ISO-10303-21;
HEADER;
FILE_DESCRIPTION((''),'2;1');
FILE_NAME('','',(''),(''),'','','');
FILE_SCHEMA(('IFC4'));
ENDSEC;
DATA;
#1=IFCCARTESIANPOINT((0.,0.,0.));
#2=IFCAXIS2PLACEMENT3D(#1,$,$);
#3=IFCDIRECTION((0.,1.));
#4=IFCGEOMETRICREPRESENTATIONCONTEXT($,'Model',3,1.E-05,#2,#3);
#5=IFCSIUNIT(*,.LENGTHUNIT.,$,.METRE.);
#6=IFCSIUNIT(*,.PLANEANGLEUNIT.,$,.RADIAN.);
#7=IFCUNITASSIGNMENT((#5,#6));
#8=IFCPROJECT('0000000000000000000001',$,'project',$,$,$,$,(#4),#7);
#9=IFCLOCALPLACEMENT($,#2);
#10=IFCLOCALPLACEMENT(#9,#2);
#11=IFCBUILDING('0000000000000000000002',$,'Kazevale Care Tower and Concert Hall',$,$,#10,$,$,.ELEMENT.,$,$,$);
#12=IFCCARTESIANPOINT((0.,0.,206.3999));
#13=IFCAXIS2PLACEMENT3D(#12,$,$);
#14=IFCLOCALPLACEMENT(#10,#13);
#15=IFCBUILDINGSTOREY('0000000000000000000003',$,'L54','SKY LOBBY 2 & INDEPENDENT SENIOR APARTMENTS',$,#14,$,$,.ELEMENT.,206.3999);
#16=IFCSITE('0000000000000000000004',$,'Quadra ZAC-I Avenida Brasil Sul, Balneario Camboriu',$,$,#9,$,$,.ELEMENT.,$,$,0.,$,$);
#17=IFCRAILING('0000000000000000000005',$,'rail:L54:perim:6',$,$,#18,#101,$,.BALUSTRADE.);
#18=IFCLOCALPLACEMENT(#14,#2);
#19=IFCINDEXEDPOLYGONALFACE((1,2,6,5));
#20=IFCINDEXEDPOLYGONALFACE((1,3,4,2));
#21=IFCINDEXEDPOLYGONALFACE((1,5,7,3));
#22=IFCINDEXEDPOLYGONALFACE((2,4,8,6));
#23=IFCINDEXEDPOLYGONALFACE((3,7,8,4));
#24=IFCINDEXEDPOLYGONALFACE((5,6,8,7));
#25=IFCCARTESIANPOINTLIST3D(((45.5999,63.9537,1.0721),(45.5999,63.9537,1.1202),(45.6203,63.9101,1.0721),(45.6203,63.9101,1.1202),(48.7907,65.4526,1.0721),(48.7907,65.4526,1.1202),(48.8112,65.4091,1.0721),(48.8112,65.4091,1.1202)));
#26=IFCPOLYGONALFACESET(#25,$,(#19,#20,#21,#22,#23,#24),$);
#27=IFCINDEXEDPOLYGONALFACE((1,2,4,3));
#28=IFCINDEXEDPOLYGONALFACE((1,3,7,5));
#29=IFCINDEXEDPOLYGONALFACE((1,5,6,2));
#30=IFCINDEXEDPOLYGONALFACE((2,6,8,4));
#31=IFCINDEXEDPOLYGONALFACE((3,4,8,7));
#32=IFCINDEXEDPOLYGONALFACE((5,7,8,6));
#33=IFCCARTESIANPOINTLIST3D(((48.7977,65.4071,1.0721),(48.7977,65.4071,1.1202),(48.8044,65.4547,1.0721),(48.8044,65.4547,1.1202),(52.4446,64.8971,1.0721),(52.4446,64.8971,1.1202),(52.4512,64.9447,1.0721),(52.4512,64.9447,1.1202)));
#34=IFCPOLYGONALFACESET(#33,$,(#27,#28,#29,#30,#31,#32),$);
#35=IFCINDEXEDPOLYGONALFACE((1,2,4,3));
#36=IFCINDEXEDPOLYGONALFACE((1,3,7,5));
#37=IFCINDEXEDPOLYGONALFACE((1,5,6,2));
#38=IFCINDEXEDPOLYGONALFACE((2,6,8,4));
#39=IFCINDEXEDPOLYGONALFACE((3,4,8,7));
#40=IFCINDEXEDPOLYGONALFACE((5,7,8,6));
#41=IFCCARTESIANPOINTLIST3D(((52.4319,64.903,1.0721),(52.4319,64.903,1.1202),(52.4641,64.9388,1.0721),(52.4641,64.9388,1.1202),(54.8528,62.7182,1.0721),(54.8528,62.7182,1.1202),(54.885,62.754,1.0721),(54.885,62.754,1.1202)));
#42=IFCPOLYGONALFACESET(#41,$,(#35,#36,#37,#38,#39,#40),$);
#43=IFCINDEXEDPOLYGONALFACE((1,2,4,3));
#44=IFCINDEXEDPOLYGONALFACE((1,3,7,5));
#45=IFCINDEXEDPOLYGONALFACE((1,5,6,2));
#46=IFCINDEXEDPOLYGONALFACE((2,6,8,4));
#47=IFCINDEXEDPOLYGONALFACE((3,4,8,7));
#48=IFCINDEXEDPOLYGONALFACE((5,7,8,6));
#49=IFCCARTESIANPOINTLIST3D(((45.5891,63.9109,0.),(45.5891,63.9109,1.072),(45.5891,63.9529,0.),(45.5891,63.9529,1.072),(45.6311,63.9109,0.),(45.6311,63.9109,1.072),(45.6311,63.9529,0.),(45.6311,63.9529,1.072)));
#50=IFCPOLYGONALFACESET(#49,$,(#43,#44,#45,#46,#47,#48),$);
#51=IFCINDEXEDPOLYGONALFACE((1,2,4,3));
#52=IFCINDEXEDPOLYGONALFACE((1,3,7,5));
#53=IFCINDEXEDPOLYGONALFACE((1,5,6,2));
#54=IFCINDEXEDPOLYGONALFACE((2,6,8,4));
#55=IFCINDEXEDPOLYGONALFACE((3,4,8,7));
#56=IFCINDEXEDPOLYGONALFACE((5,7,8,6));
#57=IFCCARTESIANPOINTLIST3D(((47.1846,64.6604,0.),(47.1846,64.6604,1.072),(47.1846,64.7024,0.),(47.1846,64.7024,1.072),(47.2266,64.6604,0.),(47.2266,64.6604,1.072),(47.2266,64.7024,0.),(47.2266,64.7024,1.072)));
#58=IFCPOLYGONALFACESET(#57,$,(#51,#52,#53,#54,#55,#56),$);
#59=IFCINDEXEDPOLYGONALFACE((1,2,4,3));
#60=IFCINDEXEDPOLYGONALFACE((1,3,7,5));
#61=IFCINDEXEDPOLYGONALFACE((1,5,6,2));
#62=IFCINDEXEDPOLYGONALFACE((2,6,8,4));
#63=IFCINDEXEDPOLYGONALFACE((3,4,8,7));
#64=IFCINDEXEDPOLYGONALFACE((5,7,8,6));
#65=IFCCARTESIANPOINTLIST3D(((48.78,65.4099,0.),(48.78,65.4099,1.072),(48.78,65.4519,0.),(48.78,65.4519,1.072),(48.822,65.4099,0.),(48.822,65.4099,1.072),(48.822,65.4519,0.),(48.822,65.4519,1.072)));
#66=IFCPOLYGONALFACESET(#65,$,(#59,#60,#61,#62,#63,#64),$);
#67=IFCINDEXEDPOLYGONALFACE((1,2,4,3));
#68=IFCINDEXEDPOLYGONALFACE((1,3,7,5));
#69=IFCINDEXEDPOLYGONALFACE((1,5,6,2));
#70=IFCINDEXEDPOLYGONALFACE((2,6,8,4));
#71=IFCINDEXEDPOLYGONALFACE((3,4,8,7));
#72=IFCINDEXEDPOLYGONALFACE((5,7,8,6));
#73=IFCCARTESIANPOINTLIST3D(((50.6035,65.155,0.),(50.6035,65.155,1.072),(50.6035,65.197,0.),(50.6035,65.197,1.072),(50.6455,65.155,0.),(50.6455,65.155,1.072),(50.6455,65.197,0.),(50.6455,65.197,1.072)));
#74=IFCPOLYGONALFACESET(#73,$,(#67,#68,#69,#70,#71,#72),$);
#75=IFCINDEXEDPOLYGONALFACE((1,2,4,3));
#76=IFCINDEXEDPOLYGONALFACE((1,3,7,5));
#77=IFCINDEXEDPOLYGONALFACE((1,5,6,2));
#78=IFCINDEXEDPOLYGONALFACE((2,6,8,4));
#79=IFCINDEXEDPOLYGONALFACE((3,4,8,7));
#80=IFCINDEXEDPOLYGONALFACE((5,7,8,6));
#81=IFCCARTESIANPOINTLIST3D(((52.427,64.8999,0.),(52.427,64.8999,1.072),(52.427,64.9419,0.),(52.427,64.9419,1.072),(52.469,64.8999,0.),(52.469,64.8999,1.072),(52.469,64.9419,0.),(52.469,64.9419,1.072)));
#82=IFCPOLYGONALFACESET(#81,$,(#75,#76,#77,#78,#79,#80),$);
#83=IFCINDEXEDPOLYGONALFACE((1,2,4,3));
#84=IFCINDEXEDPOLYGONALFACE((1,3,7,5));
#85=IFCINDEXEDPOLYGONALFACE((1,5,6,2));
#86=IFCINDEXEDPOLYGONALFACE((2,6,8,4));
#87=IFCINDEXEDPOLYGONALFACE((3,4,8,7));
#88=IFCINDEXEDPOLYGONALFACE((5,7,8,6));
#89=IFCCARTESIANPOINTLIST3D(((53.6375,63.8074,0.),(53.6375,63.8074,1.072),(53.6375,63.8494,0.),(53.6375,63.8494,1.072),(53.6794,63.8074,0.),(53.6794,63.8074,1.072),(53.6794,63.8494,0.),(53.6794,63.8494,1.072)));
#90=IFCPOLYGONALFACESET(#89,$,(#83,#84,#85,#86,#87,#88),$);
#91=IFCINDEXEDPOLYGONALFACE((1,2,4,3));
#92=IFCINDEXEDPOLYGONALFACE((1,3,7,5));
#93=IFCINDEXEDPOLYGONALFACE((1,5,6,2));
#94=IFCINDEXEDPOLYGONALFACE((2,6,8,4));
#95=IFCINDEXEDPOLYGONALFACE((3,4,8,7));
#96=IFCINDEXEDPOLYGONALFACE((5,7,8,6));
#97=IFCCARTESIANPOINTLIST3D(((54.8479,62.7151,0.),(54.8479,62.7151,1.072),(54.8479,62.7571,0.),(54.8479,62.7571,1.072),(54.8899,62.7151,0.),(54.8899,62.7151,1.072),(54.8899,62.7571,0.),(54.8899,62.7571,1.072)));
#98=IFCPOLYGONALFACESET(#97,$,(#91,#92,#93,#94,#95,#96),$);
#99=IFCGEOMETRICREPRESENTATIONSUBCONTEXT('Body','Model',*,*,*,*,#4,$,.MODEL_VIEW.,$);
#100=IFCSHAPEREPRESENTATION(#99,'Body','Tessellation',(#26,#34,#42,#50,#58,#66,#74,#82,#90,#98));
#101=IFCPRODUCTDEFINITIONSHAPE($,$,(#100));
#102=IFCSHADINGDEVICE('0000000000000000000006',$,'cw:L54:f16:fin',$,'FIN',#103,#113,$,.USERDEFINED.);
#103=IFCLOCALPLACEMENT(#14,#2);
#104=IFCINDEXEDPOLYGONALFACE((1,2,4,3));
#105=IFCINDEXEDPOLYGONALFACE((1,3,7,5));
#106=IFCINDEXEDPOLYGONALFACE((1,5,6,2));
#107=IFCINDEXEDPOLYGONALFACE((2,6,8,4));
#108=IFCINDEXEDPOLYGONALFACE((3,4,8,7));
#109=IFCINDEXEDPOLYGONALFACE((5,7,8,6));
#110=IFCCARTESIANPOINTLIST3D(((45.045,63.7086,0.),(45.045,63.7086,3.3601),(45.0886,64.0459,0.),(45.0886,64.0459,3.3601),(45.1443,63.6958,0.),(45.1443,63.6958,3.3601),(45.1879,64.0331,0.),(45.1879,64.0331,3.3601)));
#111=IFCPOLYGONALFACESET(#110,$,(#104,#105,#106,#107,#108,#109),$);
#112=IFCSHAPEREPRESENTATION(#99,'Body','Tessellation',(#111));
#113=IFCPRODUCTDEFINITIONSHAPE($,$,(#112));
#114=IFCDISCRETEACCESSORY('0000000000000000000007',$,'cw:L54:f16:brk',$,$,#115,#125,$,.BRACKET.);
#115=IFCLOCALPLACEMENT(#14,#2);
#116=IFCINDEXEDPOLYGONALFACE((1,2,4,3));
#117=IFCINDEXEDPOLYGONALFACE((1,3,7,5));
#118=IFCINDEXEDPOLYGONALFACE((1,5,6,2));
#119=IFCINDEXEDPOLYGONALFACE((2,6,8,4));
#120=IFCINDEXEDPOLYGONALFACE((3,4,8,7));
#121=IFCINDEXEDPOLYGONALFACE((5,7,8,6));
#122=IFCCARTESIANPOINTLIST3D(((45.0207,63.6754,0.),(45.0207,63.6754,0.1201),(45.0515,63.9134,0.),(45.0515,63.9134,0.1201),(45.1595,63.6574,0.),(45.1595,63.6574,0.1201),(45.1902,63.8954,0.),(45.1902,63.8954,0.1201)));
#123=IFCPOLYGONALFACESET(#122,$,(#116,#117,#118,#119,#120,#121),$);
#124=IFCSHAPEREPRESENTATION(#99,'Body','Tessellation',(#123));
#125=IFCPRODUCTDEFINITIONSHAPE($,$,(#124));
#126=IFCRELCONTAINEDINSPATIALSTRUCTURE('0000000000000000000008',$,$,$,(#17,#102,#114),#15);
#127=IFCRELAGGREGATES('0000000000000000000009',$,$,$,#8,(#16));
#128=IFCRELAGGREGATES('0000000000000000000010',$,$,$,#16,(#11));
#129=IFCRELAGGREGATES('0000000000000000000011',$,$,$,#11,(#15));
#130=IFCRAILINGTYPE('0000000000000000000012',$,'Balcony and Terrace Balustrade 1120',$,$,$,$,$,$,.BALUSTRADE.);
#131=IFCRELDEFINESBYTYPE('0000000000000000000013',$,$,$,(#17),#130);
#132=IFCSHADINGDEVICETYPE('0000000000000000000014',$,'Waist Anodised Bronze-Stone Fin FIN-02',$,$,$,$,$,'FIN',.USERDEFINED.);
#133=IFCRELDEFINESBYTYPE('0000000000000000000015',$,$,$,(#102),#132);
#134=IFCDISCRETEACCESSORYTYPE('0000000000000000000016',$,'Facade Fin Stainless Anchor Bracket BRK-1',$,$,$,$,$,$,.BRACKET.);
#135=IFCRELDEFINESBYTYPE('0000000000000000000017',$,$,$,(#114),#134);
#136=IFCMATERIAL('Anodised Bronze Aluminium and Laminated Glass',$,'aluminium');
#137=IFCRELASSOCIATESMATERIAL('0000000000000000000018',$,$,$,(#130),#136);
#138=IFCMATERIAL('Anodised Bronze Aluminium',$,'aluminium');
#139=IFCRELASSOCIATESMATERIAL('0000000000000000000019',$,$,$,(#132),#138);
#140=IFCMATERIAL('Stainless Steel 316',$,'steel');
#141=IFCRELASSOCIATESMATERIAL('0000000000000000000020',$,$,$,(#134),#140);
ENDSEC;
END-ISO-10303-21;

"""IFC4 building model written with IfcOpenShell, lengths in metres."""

from ifc_helpers import new_model, si_unit, direction, frame, origin, origin_2d, place, context, subcontext, project, spatial, rectangle, extrude, material, type_object, element, save


model = new_model("IFC4")

# Units and contexts
model_context = context("Model", 3, precision=1e-05, world=origin(), true_north=direction((0.0, 1.0)))
body_context = subcontext(model_context, "Body", "Model", "MODEL_VIEW")
ifc_project = project(units=[si_unit("LENGTHUNIT", "METRE"), si_unit("PLANEANGLEUNIT", "RADIAN")], contexts=[model_context])

# Site, building, storey
site_placement = place(None, origin())
site = spatial("IfcSite", under=ifc_project, at=site_placement, Name="Quadra ZAC-I Avenida Brasil Sul, Balneario Camboriu", CompositionType="ELEMENT", RefElevation=0.0)
building_placement = place(site_placement, origin())
building = spatial("IfcBuilding", under=site, at=building_placement, Name="Kazevale Care Tower and Concert Hall", CompositionType="ELEMENT")
storey_placement = place(building_placement, frame((0.0, 0.0, 206.3999)))
storey = spatial("IfcBuildingStorey", under=building, at=storey_placement, Name="L54", Description="SKY LOBBY 2 & INDEPENDENT SENIOR APARTMENTS", CompositionType="ELEMENT", Elevation=206.3999)

# Railing
ifc_material_1 = material(Name="Anodised Bronze Aluminium and Laminated Glass", Category="aluminium")
railing_type = type_object("IfcRailingType", Name="Balcony and Terrace Balustrade 1120", PredefinedType="BALUSTRADE", material=ifc_material_1)
railing_placement = place(storey_placement, frame((45.6101, 63.9319, 0.0)))
element("IfcRailing", 1, at=railing_placement, inside=storey, type_object=railing_type, Name="rail:L54:perim:6", PredefinedType="BALUSTRADE", context=body_context, shape_type="SweptSolid", body=[
    extrude(rectangle(XDim=0.0481, YDim=0.0481, at=origin_2d()), frame((0.0, 0.0, 1.0962), z_axis=(0.905101, 0.425197, 0.0), x_axis=(-0.425197, 0.905101, 0.0)), (0.0, 0.0, 1.0), 3.5254),
    extrude(rectangle(XDim=0.0481, YDim=0.0481, at=origin_2d()), frame((3.1909, 1.499, 1.0962), z_axis=(0.990363, -0.138497, 0.0), x_axis=(0.138497, 0.990363, 0.0)), (0.0, 0.0, 1.0), 3.6824),
    extrude(rectangle(XDim=0.0481, YDim=0.0481, at=origin_2d()), frame((6.8379, 0.989, 1.0962), z_axis=(0.742378, -0.669982, 0.0), x_axis=(0.669982, 0.742378, 0.0)), (0.0, 0.0, 1.0), 3.261),
    extrude(rectangle(XDim=0.042, YDim=0.042, at=origin_2d()), origin(), (0.0, 0.0, 1.0), 1.072),
    extrude(rectangle(XDim=0.042, YDim=0.042, at=origin_2d()), frame((1.5955, 0.7495, 0.0)), (0.0, 0.0, 1.0), 1.072),
    extrude(rectangle(XDim=0.042, YDim=0.042, at=origin_2d()), frame((3.1909, 1.499, 0.0)), (0.0, 0.0, 1.0), 1.072),
    extrude(rectangle(XDim=0.042, YDim=0.042, at=origin_2d()), frame((5.0144, 1.2441, 0.0)), (0.0, 0.0, 1.0), 1.072),
    extrude(rectangle(XDim=0.042, YDim=0.042, at=origin_2d()), frame((6.8379, 0.989, 0.0)), (0.0, 0.0, 1.0), 1.072),
    extrude(rectangle(XDim=0.042, YDim=0.042, at=origin_2d()), frame((8.0483, -0.1035, 0.0)), (0.0, 0.0, 1.0), 1.072),
    extrude(rectangle(XDim=0.042, YDim=0.042, at=origin_2d()), frame((9.2588, -1.1958, 0.0)), (0.0, 0.0, 1.0), 1.072),
])

# Shading device
ifc_material_2 = material(Name="Anodised Bronze Aluminium", Category="aluminium")
shading_device_type = type_object("IfcShadingDeviceType", Name="Waist Anodised Bronze-Stone Fin FIN-02", ElementType="FIN", PredefinedType="USERDEFINED", material=ifc_material_2)
shading_device_placement = place(storey_placement, frame((45.1165, 63.8708, 0.0), z_axis=(0.0, 0.0, 1.0), x_axis=(0.128103, 0.991761, 0.0)))
element("IfcShadingDevice", 2, at=shading_device_placement, inside=storey, type_object=shading_device_type, Name="cw:L54:f16:fin", ObjectType="FIN", PredefinedType="USERDEFINED", context=body_context, shape_type="SweptSolid", body=[
    extrude(rectangle(XDim=0.3401, YDim=0.1001, at=origin_2d()), origin(), (0.0, 0.0, 1.0), 3.3601),
])

# Discrete accessory
ifc_material_3 = material(Name="Stainless Steel 316", Category="steel")
discrete_accessory_type = type_object("IfcDiscreteAccessoryType", Name="Facade Fin Stainless Anchor Bracket BRK-1", PredefinedType="BRACKET", material=ifc_material_3)
discrete_accessory_placement = place(storey_placement, frame((45.1055, 63.7854, 0.0), z_axis=(0.0, 0.0, 1.0), x_axis=(0.128103, 0.991761, 0.0)))
element("IfcDiscreteAccessory", 3, at=discrete_accessory_placement, inside=storey, type_object=discrete_accessory_type, Name="cw:L54:f16:brk", PredefinedType="BRACKET", context=body_context, shape_type="SweptSolid", body=[
    extrude(rectangle(XDim=0.24, YDim=0.1399, at=origin_2d()), origin(), (0.0, 0.0, 1.0), 0.1201),
])

save(model, "model.ifc")
